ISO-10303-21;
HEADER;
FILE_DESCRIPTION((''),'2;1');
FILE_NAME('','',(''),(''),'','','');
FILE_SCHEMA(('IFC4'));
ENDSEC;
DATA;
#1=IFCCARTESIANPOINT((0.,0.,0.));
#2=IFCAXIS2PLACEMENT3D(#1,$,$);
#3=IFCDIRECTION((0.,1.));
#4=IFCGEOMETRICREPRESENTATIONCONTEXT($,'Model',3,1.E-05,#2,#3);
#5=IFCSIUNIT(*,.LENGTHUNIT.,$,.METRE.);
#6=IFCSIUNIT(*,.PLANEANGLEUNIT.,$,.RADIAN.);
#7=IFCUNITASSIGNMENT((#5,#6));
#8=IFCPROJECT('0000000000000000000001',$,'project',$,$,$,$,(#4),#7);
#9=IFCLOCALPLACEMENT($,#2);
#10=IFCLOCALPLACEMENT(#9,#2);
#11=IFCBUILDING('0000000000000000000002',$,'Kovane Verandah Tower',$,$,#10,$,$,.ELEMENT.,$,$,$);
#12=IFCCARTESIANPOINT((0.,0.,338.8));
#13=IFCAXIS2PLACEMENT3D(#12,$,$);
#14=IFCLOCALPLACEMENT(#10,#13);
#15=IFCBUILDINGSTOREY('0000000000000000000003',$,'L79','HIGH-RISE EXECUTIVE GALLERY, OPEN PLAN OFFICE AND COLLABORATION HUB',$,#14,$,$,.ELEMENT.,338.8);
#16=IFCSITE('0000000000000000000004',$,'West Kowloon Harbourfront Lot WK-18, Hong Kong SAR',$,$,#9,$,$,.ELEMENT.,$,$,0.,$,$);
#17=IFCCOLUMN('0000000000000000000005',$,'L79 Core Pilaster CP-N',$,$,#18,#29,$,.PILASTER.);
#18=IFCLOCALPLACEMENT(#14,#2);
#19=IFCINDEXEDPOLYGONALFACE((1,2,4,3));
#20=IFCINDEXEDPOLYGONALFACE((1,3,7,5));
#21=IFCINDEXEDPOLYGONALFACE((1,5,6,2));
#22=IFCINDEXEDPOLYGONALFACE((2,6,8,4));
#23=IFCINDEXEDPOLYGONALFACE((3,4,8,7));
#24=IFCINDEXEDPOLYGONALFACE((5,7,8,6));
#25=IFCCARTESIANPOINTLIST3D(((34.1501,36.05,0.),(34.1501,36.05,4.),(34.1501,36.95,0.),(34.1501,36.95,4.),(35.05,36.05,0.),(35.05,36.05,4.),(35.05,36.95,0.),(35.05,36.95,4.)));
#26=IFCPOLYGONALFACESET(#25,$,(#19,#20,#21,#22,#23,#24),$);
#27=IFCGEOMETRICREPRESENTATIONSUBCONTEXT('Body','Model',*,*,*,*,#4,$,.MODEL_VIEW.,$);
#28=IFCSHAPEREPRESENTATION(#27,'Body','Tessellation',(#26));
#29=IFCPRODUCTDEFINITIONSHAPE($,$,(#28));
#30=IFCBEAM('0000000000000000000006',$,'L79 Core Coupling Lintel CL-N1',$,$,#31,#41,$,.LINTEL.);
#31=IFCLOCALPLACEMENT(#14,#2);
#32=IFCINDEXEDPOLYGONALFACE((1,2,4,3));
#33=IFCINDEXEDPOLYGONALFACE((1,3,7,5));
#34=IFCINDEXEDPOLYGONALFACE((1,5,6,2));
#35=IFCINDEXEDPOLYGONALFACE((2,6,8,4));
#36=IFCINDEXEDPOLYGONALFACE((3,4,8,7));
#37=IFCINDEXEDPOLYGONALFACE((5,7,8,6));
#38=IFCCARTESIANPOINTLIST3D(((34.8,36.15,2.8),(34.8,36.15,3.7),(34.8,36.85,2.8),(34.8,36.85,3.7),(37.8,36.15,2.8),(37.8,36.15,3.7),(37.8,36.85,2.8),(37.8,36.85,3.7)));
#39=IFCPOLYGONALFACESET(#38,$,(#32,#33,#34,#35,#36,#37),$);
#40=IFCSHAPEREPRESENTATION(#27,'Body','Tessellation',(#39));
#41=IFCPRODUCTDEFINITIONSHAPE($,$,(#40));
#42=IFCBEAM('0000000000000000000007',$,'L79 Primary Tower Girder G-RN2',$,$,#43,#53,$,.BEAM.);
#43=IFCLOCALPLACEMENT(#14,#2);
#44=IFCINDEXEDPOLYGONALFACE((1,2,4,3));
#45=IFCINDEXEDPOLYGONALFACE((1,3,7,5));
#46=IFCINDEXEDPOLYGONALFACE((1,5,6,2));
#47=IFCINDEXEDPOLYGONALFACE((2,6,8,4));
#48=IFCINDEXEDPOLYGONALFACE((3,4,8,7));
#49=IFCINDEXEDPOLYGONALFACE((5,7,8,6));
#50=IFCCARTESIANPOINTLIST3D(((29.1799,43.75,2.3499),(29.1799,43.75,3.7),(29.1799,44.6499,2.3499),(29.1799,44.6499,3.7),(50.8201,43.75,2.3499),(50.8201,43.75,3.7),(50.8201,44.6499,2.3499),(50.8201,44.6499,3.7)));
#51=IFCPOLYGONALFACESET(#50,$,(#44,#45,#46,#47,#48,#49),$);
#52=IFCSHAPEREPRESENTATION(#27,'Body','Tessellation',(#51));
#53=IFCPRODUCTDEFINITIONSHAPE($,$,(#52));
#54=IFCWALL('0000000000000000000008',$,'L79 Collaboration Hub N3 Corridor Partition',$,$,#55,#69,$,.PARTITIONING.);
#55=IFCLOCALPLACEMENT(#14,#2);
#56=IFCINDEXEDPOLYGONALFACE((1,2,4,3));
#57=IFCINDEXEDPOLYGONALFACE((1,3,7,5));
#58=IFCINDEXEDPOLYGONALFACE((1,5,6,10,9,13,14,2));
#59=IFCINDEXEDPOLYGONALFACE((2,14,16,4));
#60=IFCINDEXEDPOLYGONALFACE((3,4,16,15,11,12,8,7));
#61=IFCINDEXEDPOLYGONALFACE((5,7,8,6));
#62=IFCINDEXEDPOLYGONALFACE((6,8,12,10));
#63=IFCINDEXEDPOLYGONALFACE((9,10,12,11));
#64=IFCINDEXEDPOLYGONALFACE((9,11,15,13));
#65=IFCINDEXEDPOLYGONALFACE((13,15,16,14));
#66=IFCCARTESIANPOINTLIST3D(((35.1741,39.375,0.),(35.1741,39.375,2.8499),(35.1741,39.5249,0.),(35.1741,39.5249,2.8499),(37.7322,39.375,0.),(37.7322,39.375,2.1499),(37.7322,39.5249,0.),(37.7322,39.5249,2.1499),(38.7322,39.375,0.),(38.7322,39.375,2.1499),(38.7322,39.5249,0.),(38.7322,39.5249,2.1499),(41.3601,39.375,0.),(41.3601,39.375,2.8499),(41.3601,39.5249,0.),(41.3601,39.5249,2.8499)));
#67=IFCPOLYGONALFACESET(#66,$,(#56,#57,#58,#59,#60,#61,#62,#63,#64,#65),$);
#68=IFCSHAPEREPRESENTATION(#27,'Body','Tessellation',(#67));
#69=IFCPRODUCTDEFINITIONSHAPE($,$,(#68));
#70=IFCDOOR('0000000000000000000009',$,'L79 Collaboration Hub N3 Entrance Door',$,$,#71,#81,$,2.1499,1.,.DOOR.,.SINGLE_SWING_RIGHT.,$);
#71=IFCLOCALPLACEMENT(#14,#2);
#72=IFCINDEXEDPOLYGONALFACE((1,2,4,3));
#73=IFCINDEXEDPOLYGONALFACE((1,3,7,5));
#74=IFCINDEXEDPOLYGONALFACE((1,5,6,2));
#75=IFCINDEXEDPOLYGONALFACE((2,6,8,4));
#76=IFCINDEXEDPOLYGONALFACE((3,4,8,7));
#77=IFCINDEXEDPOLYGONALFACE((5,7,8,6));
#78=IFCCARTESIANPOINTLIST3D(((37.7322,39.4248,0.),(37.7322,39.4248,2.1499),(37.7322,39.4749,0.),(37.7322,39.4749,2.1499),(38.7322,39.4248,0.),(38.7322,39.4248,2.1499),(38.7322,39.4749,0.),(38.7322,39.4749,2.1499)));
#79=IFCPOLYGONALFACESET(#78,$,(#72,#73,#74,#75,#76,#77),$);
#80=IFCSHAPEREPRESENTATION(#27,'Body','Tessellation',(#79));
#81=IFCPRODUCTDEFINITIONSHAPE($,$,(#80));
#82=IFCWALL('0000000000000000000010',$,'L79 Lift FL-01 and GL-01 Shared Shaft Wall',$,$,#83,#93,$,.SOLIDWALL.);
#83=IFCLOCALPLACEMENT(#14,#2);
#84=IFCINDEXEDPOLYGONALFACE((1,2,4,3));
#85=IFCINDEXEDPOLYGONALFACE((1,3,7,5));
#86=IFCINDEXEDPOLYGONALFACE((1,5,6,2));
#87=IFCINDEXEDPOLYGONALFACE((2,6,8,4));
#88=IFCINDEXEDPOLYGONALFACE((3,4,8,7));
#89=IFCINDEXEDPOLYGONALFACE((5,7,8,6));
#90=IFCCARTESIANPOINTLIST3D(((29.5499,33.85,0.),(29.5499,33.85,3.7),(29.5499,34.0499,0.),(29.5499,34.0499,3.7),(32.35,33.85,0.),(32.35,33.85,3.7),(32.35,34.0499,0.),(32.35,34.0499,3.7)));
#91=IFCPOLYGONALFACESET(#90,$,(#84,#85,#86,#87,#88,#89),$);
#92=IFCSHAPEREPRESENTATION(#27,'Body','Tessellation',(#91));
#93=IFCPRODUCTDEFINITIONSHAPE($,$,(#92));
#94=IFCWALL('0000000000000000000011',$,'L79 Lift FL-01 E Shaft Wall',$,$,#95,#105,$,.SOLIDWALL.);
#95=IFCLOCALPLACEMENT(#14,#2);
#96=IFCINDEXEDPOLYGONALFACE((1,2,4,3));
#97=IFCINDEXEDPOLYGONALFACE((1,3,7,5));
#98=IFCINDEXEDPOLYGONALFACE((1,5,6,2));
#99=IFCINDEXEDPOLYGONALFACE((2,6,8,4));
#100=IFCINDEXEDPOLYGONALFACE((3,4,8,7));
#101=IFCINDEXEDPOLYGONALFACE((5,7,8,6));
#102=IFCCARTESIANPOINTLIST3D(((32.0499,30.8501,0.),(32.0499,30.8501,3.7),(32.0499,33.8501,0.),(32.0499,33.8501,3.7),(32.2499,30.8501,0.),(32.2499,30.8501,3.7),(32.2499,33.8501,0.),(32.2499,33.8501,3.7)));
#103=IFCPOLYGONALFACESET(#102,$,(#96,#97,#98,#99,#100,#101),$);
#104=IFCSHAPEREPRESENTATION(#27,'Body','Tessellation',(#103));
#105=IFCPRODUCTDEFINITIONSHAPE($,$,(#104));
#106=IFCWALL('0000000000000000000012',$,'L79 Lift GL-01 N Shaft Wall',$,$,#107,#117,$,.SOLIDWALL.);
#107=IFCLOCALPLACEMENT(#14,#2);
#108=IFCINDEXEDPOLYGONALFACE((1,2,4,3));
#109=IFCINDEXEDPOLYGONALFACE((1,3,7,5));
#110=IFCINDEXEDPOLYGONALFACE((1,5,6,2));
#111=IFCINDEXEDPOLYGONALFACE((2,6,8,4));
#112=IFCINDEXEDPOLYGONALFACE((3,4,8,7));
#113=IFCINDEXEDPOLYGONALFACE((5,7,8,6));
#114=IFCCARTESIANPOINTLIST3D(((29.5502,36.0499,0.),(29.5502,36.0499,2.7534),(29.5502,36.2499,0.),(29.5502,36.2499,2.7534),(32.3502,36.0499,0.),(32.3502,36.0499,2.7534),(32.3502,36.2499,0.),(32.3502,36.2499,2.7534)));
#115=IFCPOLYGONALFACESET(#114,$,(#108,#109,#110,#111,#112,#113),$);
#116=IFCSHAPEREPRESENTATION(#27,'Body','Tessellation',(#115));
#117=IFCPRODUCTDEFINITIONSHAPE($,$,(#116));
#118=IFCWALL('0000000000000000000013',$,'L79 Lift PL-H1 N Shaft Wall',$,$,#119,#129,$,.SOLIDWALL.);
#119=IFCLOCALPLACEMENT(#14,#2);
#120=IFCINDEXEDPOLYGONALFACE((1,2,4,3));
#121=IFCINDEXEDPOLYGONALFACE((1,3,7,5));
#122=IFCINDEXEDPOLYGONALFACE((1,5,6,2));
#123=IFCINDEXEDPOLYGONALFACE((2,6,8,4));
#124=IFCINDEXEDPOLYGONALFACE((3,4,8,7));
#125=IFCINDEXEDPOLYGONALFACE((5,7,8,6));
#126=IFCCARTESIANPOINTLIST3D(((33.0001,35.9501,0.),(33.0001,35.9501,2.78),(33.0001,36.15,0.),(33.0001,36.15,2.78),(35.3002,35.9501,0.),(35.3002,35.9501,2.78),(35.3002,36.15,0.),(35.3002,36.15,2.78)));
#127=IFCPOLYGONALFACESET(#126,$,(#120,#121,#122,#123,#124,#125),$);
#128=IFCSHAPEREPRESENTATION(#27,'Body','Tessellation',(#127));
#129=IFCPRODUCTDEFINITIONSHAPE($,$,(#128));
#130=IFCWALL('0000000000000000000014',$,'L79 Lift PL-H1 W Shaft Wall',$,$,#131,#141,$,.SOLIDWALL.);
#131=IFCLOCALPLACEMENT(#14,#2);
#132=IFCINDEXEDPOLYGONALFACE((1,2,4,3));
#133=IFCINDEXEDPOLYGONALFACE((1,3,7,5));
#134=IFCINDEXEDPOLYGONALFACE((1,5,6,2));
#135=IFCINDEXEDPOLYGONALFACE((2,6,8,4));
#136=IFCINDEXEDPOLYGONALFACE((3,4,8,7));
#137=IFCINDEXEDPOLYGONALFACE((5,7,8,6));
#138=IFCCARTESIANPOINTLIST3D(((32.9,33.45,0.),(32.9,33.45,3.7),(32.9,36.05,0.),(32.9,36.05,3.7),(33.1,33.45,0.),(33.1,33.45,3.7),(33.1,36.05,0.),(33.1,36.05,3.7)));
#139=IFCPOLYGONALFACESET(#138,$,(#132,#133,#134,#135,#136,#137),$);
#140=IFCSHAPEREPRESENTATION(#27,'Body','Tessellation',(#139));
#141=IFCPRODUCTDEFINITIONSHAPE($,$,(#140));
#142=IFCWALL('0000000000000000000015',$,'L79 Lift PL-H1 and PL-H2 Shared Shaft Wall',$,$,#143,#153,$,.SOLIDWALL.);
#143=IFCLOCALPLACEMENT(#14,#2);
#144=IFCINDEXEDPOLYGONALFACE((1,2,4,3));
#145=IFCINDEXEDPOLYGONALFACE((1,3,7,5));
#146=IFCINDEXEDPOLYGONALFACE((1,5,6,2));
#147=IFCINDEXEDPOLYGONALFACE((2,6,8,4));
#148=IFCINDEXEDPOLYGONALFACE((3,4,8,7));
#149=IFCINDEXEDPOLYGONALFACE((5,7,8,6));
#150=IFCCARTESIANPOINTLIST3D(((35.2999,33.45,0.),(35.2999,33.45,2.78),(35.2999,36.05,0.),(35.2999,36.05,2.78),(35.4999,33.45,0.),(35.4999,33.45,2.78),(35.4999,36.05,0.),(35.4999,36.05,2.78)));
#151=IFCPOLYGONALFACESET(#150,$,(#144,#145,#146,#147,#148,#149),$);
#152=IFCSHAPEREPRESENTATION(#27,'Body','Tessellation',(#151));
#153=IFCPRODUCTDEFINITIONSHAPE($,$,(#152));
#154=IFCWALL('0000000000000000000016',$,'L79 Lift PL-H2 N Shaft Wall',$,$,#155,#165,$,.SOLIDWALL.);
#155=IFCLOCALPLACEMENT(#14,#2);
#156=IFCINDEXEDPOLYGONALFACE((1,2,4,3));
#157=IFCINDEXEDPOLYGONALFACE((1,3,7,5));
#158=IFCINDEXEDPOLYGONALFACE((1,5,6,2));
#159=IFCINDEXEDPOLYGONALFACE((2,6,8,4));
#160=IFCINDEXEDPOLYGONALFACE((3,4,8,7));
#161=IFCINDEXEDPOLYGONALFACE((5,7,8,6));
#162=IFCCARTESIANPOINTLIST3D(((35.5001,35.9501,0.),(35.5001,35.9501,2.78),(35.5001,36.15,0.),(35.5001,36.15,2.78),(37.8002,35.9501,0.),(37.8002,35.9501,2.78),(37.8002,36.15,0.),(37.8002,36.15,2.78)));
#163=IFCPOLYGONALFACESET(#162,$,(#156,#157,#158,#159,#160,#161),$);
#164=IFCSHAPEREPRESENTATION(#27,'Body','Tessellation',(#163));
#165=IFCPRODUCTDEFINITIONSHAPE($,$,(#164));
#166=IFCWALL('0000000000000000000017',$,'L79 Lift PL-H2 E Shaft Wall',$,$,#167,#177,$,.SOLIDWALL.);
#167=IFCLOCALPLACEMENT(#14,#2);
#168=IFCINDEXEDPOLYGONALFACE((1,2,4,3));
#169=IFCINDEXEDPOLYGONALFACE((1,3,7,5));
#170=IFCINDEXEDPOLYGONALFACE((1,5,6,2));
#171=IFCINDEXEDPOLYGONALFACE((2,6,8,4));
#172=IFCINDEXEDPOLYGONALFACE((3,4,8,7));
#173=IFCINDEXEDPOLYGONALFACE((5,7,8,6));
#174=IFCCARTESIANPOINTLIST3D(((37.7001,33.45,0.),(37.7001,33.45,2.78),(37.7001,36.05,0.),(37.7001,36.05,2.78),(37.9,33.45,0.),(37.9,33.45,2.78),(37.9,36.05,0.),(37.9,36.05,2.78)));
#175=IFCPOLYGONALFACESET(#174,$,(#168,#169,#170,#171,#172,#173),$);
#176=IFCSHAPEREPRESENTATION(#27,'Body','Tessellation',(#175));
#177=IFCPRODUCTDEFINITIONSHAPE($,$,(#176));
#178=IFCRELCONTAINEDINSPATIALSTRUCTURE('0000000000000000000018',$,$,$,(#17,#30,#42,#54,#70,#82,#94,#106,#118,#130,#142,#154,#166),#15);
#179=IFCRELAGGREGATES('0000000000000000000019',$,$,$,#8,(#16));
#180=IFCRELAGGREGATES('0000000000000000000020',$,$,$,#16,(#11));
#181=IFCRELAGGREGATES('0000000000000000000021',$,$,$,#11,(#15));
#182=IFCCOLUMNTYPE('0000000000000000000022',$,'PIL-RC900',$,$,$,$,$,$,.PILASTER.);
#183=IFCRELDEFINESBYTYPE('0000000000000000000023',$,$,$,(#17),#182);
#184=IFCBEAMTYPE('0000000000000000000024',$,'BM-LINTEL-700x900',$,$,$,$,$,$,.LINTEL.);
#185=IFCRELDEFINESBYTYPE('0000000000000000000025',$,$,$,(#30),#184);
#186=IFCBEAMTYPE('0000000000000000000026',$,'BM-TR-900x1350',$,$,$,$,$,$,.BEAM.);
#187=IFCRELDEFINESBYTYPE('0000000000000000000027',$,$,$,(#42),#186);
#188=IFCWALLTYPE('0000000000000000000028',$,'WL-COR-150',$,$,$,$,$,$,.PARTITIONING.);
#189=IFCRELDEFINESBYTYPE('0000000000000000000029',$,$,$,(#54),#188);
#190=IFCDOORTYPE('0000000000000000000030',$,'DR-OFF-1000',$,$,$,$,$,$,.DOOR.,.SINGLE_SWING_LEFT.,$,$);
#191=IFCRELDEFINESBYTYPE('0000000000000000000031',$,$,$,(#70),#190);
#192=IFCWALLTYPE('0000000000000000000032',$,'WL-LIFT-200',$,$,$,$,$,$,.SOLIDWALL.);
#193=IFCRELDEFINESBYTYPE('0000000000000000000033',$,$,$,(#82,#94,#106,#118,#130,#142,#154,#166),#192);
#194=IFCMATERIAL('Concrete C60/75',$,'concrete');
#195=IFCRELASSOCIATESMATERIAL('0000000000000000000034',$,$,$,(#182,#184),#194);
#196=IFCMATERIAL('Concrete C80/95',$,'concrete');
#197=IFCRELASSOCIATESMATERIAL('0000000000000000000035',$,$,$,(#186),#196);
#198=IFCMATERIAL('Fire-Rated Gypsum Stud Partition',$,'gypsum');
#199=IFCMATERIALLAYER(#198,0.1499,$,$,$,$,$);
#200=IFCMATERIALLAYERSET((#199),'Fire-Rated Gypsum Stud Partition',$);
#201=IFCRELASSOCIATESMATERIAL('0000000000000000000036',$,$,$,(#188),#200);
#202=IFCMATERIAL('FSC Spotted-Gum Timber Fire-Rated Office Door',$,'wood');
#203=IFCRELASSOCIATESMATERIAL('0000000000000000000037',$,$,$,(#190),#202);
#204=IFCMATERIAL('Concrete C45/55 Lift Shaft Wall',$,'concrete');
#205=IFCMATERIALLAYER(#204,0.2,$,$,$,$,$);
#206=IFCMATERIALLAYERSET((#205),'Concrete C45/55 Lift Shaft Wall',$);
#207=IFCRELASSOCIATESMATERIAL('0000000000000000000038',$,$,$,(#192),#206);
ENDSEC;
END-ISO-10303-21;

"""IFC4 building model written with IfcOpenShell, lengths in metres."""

from ifc_helpers import new_model, si_unit, direction, frame, frame_2d, origin, origin_2d, place, context, subcontext, project, spatial, rectangle, extrude, material, layer, layer_set, material_profile, profile_set, type_object, element, fill, save


model = new_model("IFC4")

# Units and contexts
model_context = context("Model", 3, precision=1e-05, world=origin(), true_north=direction((0.0, 1.0)))
body_context = subcontext(model_context, "Body", "Model", "MODEL_VIEW")
ifc_project = project(units=[si_unit("LENGTHUNIT", "METRE"), si_unit("PLANEANGLEUNIT", "RADIAN")], contexts=[model_context])

# Site, building, storey
site_placement = place(None, origin())
site = spatial("IfcSite", under=ifc_project, at=site_placement, Name="West Kowloon Harbourfront Lot WK-18, Hong Kong SAR", CompositionType="ELEMENT", RefElevation=0.0)
building_placement = place(site_placement, origin())
building = spatial("IfcBuilding", under=site, at=building_placement, Name="Kovane Verandah Tower", CompositionType="ELEMENT")
storey_placement = place(building_placement, frame((0.0, 0.0, 338.8)))
storey = spatial("IfcBuildingStorey", under=building, at=storey_placement, Name="L79", Description="HIGH-RISE EXECUTIVE GALLERY, OPEN PLAN OFFICE AND COLLABORATION HUB", CompositionType="ELEMENT", Elevation=338.8)

# Column
ifc_material_1 = material(Name="Concrete C60/75", Category="concrete")
ifc_material_profile_1 = material_profile(ifc_material_1, rectangle(XDim=0.8999, YDim=0.8999, at=origin_2d()), Name="RC900x900")
ifc_profile_set_1 = profile_set([ifc_material_profile_1], Name="Concrete C60/75")
column_type = type_object("IfcColumnType", Name="PIL-RC900", PredefinedType="PILASTER", material=ifc_profile_set_1)
column_placement = place(storey_placement, frame((34.6001, 36.5, 0.0), z_axis=(0.0, 0.0, 1.0), x_axis=(1.0, 0.0, 0.0)))
element("IfcColumn", 1, at=column_placement, inside=storey, type_object=column_type, Name="L79 Core Pilaster CP-N", PredefinedType="PILASTER", context=body_context, shape_type="SweptSolid", body=[
    extrude(rectangle(XDim=0.8999, YDim=0.8999, at=origin_2d()), origin(), (0.0, 0.0, 1.0), 4.0),
])

# Beams
ifc_material_profile_2 = material_profile(ifc_material_1, rectangle(XDim=0.7, YDim=0.8999, at=origin_2d()), Name="RCB700x900")
ifc_profile_set_2 = profile_set([ifc_material_profile_2], Name="Concrete C60/75")
beam_type_1 = type_object("IfcBeamType", Name="BM-LINTEL-700x900", PredefinedType="LINTEL", material=ifc_profile_set_2)
beam_1_placement = place(storey_placement, frame((34.8, 36.5, 3.25), z_axis=(1.0, 0.0, 0.0), x_axis=(0.0, 1.0, 0.0)))
element("IfcBeam", 2, at=beam_1_placement, inside=storey, type_object=beam_type_1, Name="L79 Core Coupling Lintel CL-N1", PredefinedType="LINTEL", context=body_context, shape_type="SweptSolid", body=[
    extrude(rectangle(XDim=0.7, YDim=0.8999, at=origin_2d()), origin(), (0.0, 0.0, 1.0), 3.0),
])
ifc_material_2 = material(Name="Concrete C80/95", Category="concrete")
ifc_material_profile_3 = material_profile(ifc_material_2, rectangle(XDim=0.8999, YDim=1.3501, at=origin_2d()), Name="RCB900x1350")
ifc_profile_set_3 = profile_set([ifc_material_profile_3], Name="Concrete C80/95")
beam_type_2 = type_object("IfcBeamType", Name="BM-TR-900x1350", PredefinedType="BEAM", material=ifc_profile_set_3)
beam_2_placement = place(storey_placement, frame((29.1799, 44.2, 3.0249), z_axis=(1.0, 0.0, 0.0), x_axis=(0.0, 1.0, 0.0)))
element("IfcBeam", 3, at=beam_2_placement, inside=storey, type_object=beam_type_2, Name="L79 Primary Tower Girder G-RN2", PredefinedType="BEAM", context=body_context, shape_type="SweptSolid", body=[
    extrude(rectangle(XDim=0.8999, YDim=1.3501, at=origin_2d()), origin(), (0.0, 0.0, 1.0), 21.6401),
])

# Wall, opening, door
ifc_material_3 = material(Name="Fire-Rated Gypsum Stud Partition", Category="gypsum")
ifc_layer_1 = layer(ifc_material_3, 0.1499)
ifc_layer_set_1 = layer_set([ifc_layer_1], Name="Fire-Rated Gypsum Stud Partition")
wall_type_1 = type_object("IfcWallType", Name="WL-COR-150", PredefinedType="PARTITIONING", material=ifc_layer_set_1)
ifc_material_4 = material(Name="FSC Spotted-Gum Timber Fire-Rated Office Door", Category="wood")
door_type_1 = type_object("IfcDoorType", Name="DR-OFF-1000", OperationType="SINGLE_SWING_LEFT", PredefinedType="DOOR", material=ifc_material_4)
wall_1_placement = place(storey_placement, frame((35.1741, 39.45, 0.0), z_axis=(0.0, 0.0, 1.0), x_axis=(1.0, 0.0, 0.0)))
wall_1 = element("IfcWall", 4, at=wall_1_placement, inside=storey, type_object=wall_type_1, Name="L79 Collaboration Hub N3 Corridor Partition", PredefinedType="PARTITIONING", context=body_context, shape_type="SweptSolid", body=[
    extrude(rectangle(XDim=6.186, YDim=0.1499, at=frame_2d((3.093, 0.0))), origin(), (0.0, 0.0, 1.0), 2.8499),
])
opening_1_placement = place(wall_1_placement, frame((2.5581, 0.0, 0.0)))
opening_1 = element("IfcOpeningElement", 5, at=opening_1_placement, cuts=wall_1, PredefinedType="OPENING", context=body_context, shape_type="SweptSolid", body=[
    extrude(rectangle(XDim=1.0, YDim=2.1499, at=frame_2d((0.5, 1.075))), frame((0.0, 0.075, 0.0), z_axis=(0.0, -1.0, 0.0), x_axis=(1.0, 0.0, 0.0)), (0.0, 0.0, 1.0), 0.1499),
])
door_1_placement = place(opening_1_placement, origin())
door_1 = element("IfcDoor", 6, at=door_1_placement, inside=storey, type_object=door_type_1, Name="L79 Collaboration Hub N3 Entrance Door", OperationType="SINGLE_SWING_RIGHT", OverallHeight=2.1499, OverallWidth=1.0, PredefinedType="DOOR", context=body_context, shape_type="SweptSolid", body=[
    extrude(rectangle(XDim=1.0, YDim=2.1499, at=frame_2d((0.5, 1.075))), frame((0.0, 0.0249, 0.0), z_axis=(0.0, -1.0, 0.0), x_axis=(1.0, 0.0, 0.0)), (0.0, 0.0, 1.0), 0.05),
])
fill(opening_1, door_1)
ifc_material_5 = material(Name="Concrete C45/55 Lift Shaft Wall", Category="concrete")
ifc_layer_2 = layer(ifc_material_5, 0.2)
ifc_layer_set_2 = layer_set([ifc_layer_2], Name="Concrete C45/55 Lift Shaft Wall")
wall_type_2 = type_object("IfcWallType", Name="WL-LIFT-200", PredefinedType="SOLIDWALL", material=ifc_layer_set_2)

# Walls
wall_2_placement = place(storey_placement, frame((29.55, 33.95, 0.0), z_axis=(0.0, 0.0, 1.0), x_axis=(1.0, 0.0, 0.0)))
element("IfcWall", 7, at=wall_2_placement, inside=storey, type_object=wall_type_2, Name="L79 Lift FL-01 and GL-01 Shared Shaft Wall", PredefinedType="SOLIDWALL", context=body_context, shape_type="SweptSolid", body=[
    extrude(rectangle(XDim=2.8, YDim=0.2, at=frame_2d((1.3999, 0.0))), origin(), (0.0, 0.0, 1.0), 3.7),
])
wall_3_placement = place(storey_placement, frame((32.1499, 30.8501, 0.0), z_axis=(0.0, 0.0, 1.0), x_axis=(0.0, 1.0, 0.0)))
element("IfcWall", 8, at=wall_3_placement, inside=storey, type_object=wall_type_2, Name="L79 Lift FL-01 E Shaft Wall", PredefinedType="SOLIDWALL", context=body_context, shape_type="SweptSolid", body=[
    extrude(rectangle(XDim=3.0, YDim=0.2, at=frame_2d((1.5, 0.0))), origin(), (0.0, 0.0, 1.0), 3.7),
])
wall_4_placement = place(storey_placement, frame((32.3501, 36.1499, 0.0), z_axis=(0.0, 0.0, 1.0), x_axis=(-1.0, 0.0, 0.0)))
element("IfcWall", 9, at=wall_4_placement, inside=storey, type_object=wall_type_2, Name="L79 Lift GL-01 N Shaft Wall", PredefinedType="SOLIDWALL", context=body_context, shape_type="SweptSolid", body=[
    extrude(rectangle(XDim=2.8, YDim=0.2, at=frame_2d((1.3999, 0.0))), origin(), (0.0, 0.0, 1.0), 2.7534),
])

# Walls
wall_5_placement = place(storey_placement, frame((35.3, 36.05, 0.0), z_axis=(0.0, 0.0, 1.0), x_axis=(-1.0, 0.0, 0.0)))
element("IfcWall", 10, at=wall_5_placement, inside=storey, type_object=wall_type_2, Name="L79 Lift PL-H1 N Shaft Wall", PredefinedType="SOLIDWALL", context=body_context, shape_type="SweptSolid", body=[
    extrude(rectangle(XDim=2.3, YDim=0.2, at=frame_2d((1.1499, 0.0))), origin(), (0.0, 0.0, 1.0), 2.78),
])
wall_6_placement = place(storey_placement, frame((33.0, 36.05, 0.0), z_axis=(0.0, 0.0, 1.0), x_axis=(0.0, -1.0, 0.0)))
element("IfcWall", 11, at=wall_6_placement, inside=storey, type_object=wall_type_2, Name="L79 Lift PL-H1 W Shaft Wall", PredefinedType="SOLIDWALL", context=body_context, shape_type="SweptSolid", body=[
    extrude(rectangle(XDim=2.6001, YDim=0.2, at=frame_2d((1.3, 0.0))), origin(), (0.0, 0.0, 1.0), 3.7),
])
wall_7_placement = place(storey_placement, frame((35.3999, 33.45, 0.0), z_axis=(0.0, 0.0, 1.0), x_axis=(0.0, 1.0, 0.0)))
element("IfcWall", 12, at=wall_7_placement, inside=storey, type_object=wall_type_2, Name="L79 Lift PL-H1 and PL-H2 Shared Shaft Wall", PredefinedType="SOLIDWALL", context=body_context, shape_type="SweptSolid", body=[
    extrude(rectangle(XDim=2.6001, YDim=0.2, at=frame_2d((1.3, 0.0))), origin(), (0.0, 0.0, 1.0), 2.78),
])

# Walls
wall_8_placement = place(storey_placement, frame((37.8, 36.05, 0.0), z_axis=(0.0, 0.0, 1.0), x_axis=(-1.0, 0.0, 0.0)))
element("IfcWall", 13, at=wall_8_placement, inside=storey, type_object=wall_type_2, Name="L79 Lift PL-H2 N Shaft Wall", PredefinedType="SOLIDWALL", context=body_context, shape_type="SweptSolid", body=[
    extrude(rectangle(XDim=2.3, YDim=0.2, at=frame_2d((1.1499, 0.0))), origin(), (0.0, 0.0, 1.0), 2.78),
])
wall_9_placement = place(storey_placement, frame((37.8, 33.45, 0.0), z_axis=(0.0, 0.0, 1.0), x_axis=(0.0, 1.0, 0.0)))
element("IfcWall", 14, at=wall_9_placement, inside=storey, type_object=wall_type_2, Name="L79 Lift PL-H2 E Shaft Wall", PredefinedType="SOLIDWALL", context=body_context, shape_type="SweptSolid", body=[
    extrude(rectangle(XDim=2.6001, YDim=0.2, at=frame_2d((1.3, 0.0))), origin(), (0.0, 0.0, 1.0), 2.78),
])

save(model, "model.ifc")
